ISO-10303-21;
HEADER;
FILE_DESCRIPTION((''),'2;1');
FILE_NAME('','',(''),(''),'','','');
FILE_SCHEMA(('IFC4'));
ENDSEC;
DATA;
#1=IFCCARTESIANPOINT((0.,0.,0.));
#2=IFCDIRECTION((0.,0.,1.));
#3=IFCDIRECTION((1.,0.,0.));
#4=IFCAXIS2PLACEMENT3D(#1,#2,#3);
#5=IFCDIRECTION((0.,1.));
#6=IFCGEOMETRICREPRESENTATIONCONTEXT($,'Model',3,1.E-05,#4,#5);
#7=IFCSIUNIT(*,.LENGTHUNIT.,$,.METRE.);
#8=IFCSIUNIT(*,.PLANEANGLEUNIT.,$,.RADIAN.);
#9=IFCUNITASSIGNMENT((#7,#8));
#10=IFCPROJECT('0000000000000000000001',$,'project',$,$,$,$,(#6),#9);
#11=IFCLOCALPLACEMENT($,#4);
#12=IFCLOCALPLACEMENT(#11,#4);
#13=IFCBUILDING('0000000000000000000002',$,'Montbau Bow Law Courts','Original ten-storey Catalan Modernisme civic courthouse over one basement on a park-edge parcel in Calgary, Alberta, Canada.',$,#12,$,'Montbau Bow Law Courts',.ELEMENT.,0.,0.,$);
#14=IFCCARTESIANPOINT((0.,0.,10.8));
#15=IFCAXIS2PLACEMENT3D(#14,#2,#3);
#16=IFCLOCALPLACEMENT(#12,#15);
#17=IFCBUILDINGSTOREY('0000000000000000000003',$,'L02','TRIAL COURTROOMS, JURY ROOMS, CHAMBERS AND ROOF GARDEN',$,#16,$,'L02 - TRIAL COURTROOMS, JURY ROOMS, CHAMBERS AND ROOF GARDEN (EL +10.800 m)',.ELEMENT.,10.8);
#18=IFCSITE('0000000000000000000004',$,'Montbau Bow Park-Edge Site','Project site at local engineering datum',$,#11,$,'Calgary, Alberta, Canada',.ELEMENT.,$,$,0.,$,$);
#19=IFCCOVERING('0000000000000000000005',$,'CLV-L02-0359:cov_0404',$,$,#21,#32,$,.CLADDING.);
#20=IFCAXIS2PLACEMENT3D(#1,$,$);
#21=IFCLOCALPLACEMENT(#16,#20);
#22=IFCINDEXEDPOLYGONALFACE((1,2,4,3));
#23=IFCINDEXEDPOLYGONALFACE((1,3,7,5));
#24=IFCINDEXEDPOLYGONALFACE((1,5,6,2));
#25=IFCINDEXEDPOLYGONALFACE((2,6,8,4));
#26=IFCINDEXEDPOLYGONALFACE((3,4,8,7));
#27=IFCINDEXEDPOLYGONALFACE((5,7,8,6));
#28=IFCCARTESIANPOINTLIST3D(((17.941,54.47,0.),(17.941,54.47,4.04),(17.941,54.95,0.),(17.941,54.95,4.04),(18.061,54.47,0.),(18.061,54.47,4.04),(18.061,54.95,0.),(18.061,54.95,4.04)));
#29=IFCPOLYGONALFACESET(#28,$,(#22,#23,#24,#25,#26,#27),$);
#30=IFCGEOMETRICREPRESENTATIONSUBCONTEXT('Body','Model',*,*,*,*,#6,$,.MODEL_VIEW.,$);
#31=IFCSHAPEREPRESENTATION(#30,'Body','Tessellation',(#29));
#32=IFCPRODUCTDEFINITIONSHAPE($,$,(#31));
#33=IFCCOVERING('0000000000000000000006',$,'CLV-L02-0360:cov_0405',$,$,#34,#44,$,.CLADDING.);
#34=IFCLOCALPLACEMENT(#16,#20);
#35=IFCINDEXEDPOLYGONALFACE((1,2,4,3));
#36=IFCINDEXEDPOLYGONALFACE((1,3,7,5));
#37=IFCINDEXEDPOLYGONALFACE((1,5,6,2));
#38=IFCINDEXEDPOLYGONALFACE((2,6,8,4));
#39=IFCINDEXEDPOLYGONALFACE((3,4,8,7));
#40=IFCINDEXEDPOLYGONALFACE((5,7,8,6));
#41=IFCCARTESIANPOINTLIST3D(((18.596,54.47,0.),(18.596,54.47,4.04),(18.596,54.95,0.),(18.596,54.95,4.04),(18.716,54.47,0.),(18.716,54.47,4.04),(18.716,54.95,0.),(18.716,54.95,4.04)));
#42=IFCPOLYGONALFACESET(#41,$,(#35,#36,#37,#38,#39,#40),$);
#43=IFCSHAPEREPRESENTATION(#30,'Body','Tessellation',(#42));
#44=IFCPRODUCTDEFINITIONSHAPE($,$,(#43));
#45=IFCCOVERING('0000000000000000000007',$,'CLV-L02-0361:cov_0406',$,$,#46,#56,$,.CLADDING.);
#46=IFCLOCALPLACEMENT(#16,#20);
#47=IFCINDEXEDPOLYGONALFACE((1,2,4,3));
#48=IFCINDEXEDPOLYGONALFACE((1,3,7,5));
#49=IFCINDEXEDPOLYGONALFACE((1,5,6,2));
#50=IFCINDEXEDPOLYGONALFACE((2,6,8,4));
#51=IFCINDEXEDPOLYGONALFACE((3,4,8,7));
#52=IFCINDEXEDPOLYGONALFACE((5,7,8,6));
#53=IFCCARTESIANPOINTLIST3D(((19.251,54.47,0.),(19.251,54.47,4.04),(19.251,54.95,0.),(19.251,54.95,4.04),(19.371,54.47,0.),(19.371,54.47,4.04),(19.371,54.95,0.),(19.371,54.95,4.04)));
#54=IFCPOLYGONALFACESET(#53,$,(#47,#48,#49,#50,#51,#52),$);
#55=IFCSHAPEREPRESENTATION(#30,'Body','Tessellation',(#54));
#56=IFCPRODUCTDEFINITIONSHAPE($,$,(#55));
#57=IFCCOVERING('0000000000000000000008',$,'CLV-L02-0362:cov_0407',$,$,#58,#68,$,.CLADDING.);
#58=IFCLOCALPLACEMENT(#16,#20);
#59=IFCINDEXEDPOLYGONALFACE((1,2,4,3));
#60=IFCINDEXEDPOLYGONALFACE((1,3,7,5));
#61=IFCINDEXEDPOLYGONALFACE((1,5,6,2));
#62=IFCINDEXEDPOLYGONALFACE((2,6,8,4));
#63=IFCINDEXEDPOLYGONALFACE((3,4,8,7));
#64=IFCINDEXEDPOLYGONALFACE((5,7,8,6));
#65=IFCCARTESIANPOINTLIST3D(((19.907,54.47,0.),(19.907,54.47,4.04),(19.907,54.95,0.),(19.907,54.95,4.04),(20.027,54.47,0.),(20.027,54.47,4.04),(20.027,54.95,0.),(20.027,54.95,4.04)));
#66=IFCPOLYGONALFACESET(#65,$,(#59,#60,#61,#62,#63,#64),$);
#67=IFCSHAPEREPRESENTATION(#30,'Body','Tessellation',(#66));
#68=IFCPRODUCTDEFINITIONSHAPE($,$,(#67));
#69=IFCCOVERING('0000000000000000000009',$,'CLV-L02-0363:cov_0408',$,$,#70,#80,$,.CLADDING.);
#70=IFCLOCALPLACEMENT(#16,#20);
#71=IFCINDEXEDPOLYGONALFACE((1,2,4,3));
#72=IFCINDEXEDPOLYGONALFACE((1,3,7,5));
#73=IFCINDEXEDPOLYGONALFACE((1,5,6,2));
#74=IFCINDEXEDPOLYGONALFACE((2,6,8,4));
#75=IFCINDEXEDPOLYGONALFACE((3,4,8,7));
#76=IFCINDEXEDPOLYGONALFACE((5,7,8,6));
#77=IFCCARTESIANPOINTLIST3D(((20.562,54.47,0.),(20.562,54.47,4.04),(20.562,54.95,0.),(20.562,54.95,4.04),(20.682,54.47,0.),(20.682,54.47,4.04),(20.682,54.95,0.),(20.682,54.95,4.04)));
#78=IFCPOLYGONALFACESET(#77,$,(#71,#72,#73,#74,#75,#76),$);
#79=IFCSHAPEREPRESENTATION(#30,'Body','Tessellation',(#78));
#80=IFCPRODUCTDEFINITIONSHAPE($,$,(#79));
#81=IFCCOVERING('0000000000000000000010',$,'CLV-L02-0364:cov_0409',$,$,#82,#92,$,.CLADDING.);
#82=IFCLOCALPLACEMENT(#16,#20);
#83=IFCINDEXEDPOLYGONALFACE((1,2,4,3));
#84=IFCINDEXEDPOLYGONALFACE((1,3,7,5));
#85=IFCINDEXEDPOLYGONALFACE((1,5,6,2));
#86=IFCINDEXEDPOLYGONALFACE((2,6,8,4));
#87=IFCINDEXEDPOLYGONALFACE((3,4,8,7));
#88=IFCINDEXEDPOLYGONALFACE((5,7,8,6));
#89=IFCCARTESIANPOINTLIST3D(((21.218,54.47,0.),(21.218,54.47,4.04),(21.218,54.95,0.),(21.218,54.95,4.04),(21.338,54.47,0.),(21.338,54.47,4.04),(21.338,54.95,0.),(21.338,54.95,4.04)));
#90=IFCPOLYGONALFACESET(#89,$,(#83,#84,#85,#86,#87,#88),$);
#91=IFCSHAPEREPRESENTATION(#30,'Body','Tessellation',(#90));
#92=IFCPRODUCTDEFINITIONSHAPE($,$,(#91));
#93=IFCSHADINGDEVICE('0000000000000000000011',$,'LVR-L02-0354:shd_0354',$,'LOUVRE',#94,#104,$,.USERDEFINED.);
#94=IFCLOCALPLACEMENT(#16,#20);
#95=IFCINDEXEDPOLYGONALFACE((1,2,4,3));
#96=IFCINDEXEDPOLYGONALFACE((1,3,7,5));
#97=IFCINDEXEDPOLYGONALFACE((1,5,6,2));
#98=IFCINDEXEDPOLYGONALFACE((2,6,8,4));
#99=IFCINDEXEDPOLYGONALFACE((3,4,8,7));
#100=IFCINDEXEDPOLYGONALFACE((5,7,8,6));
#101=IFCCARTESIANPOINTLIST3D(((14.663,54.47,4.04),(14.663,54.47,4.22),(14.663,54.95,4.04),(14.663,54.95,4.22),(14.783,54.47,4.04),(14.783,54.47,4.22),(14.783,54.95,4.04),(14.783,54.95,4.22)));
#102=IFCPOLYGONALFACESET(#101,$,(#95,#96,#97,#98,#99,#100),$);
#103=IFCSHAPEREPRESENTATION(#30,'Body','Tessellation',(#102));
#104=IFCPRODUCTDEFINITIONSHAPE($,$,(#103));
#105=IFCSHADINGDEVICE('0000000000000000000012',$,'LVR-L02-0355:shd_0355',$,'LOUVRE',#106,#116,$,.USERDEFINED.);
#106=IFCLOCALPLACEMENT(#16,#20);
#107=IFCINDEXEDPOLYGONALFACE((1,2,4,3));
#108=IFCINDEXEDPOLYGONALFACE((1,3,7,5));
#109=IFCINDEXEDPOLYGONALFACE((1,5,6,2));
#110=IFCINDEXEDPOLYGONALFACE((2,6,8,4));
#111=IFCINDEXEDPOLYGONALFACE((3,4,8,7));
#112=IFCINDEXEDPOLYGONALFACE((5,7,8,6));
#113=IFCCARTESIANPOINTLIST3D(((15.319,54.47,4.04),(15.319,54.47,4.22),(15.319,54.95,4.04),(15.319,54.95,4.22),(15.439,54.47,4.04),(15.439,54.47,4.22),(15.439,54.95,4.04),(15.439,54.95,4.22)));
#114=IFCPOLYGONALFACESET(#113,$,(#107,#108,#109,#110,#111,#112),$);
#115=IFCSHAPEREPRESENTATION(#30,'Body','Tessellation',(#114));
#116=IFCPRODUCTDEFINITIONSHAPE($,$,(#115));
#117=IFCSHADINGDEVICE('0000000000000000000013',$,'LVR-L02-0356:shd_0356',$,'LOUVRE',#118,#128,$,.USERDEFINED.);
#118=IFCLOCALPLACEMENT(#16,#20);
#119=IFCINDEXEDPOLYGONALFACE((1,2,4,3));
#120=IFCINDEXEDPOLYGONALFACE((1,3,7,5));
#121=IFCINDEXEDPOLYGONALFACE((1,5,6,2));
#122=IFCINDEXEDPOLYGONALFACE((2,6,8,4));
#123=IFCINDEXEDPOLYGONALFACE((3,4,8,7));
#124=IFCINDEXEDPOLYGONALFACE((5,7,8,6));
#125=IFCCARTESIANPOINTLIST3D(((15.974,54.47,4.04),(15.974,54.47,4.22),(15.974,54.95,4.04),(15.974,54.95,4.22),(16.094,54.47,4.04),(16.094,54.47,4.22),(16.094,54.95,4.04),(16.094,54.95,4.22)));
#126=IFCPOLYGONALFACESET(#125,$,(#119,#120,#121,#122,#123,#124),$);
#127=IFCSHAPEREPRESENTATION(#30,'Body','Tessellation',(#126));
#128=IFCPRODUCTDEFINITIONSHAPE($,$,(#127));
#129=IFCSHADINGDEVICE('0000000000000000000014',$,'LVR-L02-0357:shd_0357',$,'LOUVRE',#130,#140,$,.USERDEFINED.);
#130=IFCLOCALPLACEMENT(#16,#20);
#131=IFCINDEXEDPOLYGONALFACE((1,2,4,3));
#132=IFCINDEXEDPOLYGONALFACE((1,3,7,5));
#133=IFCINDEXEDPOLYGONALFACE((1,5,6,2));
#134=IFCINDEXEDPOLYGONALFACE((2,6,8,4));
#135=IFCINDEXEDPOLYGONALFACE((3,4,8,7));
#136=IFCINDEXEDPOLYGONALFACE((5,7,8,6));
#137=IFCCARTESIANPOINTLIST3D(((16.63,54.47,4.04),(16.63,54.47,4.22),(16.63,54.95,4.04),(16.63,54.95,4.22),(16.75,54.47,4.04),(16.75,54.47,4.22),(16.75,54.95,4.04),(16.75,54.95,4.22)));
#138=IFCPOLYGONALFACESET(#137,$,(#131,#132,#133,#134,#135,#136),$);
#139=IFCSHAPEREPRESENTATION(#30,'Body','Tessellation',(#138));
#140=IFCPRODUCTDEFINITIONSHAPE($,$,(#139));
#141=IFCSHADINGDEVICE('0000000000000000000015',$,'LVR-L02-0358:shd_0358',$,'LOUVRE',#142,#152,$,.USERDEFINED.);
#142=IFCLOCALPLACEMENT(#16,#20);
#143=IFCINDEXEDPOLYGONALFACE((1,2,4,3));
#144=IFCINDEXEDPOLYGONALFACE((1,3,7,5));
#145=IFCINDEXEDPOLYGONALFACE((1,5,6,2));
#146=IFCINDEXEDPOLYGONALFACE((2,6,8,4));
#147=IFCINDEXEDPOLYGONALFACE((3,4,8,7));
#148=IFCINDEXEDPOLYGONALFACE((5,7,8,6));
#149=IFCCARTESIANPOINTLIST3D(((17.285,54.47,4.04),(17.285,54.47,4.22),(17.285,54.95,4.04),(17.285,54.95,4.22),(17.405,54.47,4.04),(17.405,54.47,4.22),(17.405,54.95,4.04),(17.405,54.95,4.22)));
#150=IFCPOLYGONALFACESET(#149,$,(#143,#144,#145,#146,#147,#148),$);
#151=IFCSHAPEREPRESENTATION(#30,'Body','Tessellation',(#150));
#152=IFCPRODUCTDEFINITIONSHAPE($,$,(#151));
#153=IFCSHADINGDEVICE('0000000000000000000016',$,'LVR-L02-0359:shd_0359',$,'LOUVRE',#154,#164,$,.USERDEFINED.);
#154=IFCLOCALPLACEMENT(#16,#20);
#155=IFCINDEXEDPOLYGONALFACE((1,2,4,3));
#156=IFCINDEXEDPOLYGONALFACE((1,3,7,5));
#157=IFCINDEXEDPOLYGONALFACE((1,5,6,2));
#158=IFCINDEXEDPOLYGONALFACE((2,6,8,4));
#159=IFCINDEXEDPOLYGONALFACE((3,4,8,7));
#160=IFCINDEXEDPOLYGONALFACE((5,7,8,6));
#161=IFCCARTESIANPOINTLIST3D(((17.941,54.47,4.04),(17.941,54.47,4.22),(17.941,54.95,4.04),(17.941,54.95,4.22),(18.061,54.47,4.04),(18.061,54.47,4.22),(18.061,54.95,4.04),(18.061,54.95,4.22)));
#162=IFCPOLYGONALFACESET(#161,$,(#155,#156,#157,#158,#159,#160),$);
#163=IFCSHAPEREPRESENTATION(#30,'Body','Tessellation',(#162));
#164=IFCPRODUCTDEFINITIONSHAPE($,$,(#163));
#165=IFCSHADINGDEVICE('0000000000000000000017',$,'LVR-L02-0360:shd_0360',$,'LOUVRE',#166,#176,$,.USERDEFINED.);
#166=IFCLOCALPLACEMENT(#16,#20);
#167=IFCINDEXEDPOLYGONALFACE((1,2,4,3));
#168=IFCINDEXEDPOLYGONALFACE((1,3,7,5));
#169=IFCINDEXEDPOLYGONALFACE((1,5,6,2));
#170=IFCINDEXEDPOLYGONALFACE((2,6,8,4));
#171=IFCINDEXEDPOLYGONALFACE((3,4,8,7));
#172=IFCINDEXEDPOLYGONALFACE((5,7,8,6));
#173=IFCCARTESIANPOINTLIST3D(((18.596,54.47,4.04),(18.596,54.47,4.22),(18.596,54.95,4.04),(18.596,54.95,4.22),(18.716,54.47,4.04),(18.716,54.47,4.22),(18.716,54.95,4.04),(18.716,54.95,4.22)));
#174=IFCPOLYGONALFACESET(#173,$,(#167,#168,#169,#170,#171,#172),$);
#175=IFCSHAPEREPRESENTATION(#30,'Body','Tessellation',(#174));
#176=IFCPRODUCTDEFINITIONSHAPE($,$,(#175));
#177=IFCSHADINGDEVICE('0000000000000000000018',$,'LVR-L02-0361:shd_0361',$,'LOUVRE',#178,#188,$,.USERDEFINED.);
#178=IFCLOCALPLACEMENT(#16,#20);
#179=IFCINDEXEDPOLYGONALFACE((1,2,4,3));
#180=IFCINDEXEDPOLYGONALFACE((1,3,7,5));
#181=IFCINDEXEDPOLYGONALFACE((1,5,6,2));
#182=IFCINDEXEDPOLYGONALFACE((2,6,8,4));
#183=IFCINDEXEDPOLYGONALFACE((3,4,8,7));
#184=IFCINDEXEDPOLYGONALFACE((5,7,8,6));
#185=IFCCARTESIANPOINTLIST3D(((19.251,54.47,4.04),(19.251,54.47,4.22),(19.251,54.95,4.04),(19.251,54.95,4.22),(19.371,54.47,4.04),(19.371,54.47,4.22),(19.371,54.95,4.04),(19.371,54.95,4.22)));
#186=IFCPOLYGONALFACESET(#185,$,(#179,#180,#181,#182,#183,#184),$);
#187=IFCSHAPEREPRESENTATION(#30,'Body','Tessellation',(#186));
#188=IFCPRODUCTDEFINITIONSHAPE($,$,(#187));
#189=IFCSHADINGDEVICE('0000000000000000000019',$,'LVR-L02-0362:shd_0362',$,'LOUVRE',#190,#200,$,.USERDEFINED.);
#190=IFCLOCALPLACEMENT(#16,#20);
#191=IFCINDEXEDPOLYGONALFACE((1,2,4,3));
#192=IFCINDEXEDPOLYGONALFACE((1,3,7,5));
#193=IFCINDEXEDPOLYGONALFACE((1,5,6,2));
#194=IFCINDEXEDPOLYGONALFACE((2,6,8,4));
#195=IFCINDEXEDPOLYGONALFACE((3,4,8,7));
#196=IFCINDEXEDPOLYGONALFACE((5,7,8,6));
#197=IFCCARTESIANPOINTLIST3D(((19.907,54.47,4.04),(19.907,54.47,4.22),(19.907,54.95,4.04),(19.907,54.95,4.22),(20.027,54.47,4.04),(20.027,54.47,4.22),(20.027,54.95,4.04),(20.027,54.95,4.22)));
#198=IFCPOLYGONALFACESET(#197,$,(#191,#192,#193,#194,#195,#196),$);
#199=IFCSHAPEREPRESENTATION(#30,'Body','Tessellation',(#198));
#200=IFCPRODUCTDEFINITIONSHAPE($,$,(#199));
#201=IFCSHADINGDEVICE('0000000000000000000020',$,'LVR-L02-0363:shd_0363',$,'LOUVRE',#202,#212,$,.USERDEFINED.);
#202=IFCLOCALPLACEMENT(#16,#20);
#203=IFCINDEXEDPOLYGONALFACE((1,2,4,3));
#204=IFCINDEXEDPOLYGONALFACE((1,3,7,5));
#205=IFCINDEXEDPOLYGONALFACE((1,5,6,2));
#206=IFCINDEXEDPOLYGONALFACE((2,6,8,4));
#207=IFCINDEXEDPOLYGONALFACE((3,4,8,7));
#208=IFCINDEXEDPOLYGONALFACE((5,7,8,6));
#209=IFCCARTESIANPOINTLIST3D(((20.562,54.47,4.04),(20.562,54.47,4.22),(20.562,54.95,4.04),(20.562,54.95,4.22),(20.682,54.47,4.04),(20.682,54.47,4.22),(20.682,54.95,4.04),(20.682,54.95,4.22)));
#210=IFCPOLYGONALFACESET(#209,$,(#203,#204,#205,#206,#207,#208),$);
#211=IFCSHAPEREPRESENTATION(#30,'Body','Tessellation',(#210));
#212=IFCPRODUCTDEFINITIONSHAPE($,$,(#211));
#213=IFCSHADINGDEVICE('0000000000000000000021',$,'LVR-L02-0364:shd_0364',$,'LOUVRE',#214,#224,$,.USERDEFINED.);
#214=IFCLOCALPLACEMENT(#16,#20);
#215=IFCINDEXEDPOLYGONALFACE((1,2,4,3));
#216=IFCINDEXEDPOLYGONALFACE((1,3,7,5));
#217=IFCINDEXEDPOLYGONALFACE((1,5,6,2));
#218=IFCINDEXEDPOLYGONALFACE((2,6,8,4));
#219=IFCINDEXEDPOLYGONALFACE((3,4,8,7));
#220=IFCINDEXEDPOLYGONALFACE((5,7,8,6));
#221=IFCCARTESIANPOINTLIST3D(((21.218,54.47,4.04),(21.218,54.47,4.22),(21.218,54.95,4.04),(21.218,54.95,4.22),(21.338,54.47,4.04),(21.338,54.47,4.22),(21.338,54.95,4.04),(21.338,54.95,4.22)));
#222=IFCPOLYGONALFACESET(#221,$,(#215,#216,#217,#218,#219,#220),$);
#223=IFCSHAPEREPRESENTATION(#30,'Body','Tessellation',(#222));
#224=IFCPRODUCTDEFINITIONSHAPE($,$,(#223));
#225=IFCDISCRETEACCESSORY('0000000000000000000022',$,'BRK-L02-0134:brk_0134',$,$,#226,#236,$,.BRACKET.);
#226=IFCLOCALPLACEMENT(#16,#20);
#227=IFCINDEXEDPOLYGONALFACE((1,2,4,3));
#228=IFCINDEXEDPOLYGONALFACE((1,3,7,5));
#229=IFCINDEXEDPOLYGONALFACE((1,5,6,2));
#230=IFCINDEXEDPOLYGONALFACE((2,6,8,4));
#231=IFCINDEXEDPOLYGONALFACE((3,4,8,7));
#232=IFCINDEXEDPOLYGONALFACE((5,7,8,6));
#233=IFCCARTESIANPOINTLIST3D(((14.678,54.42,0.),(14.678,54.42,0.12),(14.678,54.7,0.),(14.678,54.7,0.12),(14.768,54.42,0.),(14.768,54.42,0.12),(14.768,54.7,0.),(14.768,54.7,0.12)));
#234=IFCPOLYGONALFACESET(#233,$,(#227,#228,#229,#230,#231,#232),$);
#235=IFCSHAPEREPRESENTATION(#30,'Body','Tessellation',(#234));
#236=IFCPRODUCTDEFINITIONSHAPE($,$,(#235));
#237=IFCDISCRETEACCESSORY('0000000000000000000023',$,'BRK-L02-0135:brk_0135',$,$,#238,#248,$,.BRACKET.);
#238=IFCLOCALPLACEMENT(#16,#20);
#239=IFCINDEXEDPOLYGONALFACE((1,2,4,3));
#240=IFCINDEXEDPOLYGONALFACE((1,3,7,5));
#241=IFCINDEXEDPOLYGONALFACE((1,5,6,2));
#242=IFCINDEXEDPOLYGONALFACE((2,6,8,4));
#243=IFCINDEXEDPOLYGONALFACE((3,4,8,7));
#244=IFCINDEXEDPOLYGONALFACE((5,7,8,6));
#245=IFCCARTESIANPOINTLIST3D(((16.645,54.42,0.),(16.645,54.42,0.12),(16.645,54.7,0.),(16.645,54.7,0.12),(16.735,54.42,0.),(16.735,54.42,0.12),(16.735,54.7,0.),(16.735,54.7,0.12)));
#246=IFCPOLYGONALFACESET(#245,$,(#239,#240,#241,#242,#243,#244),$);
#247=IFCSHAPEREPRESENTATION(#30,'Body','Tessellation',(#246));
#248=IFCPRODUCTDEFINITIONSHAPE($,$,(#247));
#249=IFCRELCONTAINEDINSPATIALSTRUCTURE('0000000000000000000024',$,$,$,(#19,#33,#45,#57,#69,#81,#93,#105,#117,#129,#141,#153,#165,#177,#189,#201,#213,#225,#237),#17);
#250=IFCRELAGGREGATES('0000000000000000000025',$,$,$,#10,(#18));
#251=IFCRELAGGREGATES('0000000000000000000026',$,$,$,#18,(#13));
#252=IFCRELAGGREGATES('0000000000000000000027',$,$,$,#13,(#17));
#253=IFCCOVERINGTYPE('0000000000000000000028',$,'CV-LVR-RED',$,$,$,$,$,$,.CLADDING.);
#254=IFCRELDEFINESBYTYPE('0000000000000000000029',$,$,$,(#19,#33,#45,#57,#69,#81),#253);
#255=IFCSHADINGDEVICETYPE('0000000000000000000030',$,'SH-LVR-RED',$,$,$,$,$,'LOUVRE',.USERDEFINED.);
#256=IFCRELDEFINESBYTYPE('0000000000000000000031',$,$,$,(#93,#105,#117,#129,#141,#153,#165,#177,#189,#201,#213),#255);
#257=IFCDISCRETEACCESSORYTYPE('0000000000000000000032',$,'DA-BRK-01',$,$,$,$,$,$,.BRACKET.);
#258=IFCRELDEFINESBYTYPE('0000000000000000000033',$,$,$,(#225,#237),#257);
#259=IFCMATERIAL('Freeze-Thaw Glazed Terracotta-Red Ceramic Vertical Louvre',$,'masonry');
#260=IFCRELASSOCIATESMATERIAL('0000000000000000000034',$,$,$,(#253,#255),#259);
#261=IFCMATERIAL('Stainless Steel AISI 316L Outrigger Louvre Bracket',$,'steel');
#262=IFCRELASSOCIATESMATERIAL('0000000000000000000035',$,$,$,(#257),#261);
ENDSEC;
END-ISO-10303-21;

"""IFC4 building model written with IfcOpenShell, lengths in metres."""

from ifc_helpers import new_model, si_unit, direction, frame, frame_2d, origin_with_axes, origin_2d_with_axis, place, context, subcontext, project, spatial, rectangle, extrude, material, type_object, element, save


model = new_model("IFC4")

# Units and contexts
model_context = context("Model", 3, precision=1e-05, world=origin_with_axes(), true_north=direction((0.0, 1.0)))
body_context = subcontext(model_context, "Body", "Model", "MODEL_VIEW")
ifc_project = project(units=[si_unit("LENGTHUNIT", "METRE"), si_unit("PLANEANGLEUNIT", "RADIAN")], contexts=[model_context])

# Site, building, storey
site_placement = place(None, origin_with_axes())
site = spatial("IfcSite", under=ifc_project, at=site_placement, Name="Montbau Bow Park-Edge Site", Description="Project site at local engineering datum", LongName="Calgary, Alberta, Canada", CompositionType="ELEMENT", RefElevation=0.0)
building_placement = place(site_placement, origin_with_axes())
building = spatial("IfcBuilding", under=site, at=building_placement, Name="Montbau Bow Law Courts", Description="Original ten-storey Catalan Modernisme civic courthouse over one basement on a park-edge parcel in Calgary, Alberta, Canada.", LongName="Montbau Bow Law Courts", CompositionType="ELEMENT", ElevationOfRefHeight=0.0, ElevationOfTerrain=0.0)
storey_placement = place(building_placement, frame((0.0, 0.0, 10.8), z_axis=(0.0, 0.0, 1.0), x_axis=(1.0, 0.0, 0.0)))
storey = spatial("IfcBuildingStorey", under=building, at=storey_placement, Name="L02", Description="TRIAL COURTROOMS, JURY ROOMS, CHAMBERS AND ROOF GARDEN", LongName="L02 - TRIAL COURTROOMS, JURY ROOMS, CHAMBERS AND ROOF GARDEN (EL +10.800 m)", CompositionType="ELEMENT", Elevation=10.8)

# Coverings
ifc_material_1 = material(Name="Freeze-Thaw Glazed Terracotta-Red Ceramic Vertical Louvre", Category="masonry")
covering_type = type_object("IfcCoveringType", Name="CV-LVR-RED", PredefinedType="CLADDING", material=ifc_material_1)
for number, where, z_axis, x_axis, name in (
    (1, (18.001, 54.47, 10.8), (1.0, 0.0, 0.0), (0.0, 1.0, 0.0), "CLV-L02-0359:cov_0404"),
    (2, (18.656, 54.47, 10.8), (1.0, 0.0, 0.0), (0.0, 1.0, 0.0), "CLV-L02-0360:cov_0405"),
    (3, (19.311, 54.47, 10.8), (1.0, 0.0, 0.0), (0.0, 1.0, 0.0), "CLV-L02-0361:cov_0406"),
    (4, (19.967, 54.47, 10.8), (1.0, 0.0, 0.0), (0.0, 1.0, 0.0), "CLV-L02-0362:cov_0407"),
    (5, (20.622, 54.47, 10.8), (1.0, 0.0, 0.0), (0.0, 1.0, 0.0), "CLV-L02-0363:cov_0408"),
    (6, (21.278, 54.47, 10.8), (1.0, 0.0, 0.0), (0.0, 1.0, 0.0), "CLV-L02-0364:cov_0409"),
):
    element("IfcCovering", number, at=place(None, frame(where, z_axis=z_axis, x_axis=x_axis)), inside=storey, type_object=covering_type, Name=name, PredefinedType="CLADDING", context=body_context, shape_type="SweptSolid", body=[
        extrude(rectangle(XDim=0.48, YDim=4.04, at=frame_2d((0.24, 2.02), x_axis=(1.0, 0.0))), frame((0.0, 0.0, -0.06), z_axis=(0.0, 0.0, 1.0), x_axis=(1.0, 0.0, 0.0)), (0.0, 0.0, 1.0), 0.12),
    ])

# Shading devices
shading_device_type = type_object("IfcShadingDeviceType", Name="SH-LVR-RED", ElementType="LOUVRE", PredefinedType="USERDEFINED", material=ifc_material_1)
for number, where, z_axis, x_axis, name in (
    (7, (14.723, 54.71, 14.84), (0.0, 0.0, 1.0), (0.0, 1.0, 0.0), "LVR-L02-0354:shd_0354"),
    (8, (15.379, 54.71, 14.84), (0.0, 0.0, 1.0), (0.0, 1.0, 0.0), "LVR-L02-0355:shd_0355"),
    (9, (16.034, 54.71, 14.84), (0.0, 0.0, 1.0), (0.0, 1.0, 0.0), "LVR-L02-0356:shd_0356"),
    (10, (16.69, 54.71, 14.84), (0.0, 0.0, 1.0), (0.0, 1.0, 0.0), "LVR-L02-0357:shd_0357"),
    (11, (17.345, 54.71, 14.84), (0.0, 0.0, 1.0), (0.0, 1.0, 0.0), "LVR-L02-0358:shd_0358"),
    (12, (18.001, 54.71, 14.84), (0.0, 0.0, 1.0), (0.0, 1.0, 0.0), "LVR-L02-0359:shd_0359"),
    (13, (18.656, 54.71, 14.84), (0.0, 0.0, 1.0), (0.0, 1.0, 0.0), "LVR-L02-0360:shd_0360"),
    (14, (19.311, 54.71, 14.84), (0.0, 0.0, 1.0), (0.0, 1.0, 0.0), "LVR-L02-0361:shd_0361"),
    (15, (19.967, 54.71, 14.84), (0.0, 0.0, 1.0), (0.0, 1.0, 0.0), "LVR-L02-0362:shd_0362"),
    (16, (20.622, 54.71, 14.84), (0.0, 0.0, 1.0), (0.0, 1.0, 0.0), "LVR-L02-0363:shd_0363"),
    (17, (21.278, 54.71, 14.84), (0.0, 0.0, 1.0), (0.0, 1.0, 0.0), "LVR-L02-0364:shd_0364"),
):
    element("IfcShadingDevice", number, at=place(None, frame(where, z_axis=z_axis, x_axis=x_axis)), inside=storey, type_object=shading_device_type, Name=name, ObjectType="LOUVRE", PredefinedType="USERDEFINED", context=body_context, shape_type="SweptSolid", body=[
        extrude(rectangle(XDim=0.48, YDim=0.12, at=origin_2d_with_axis()), origin_with_axes(), (0.0, 0.0, 1.0), 0.18),
    ])

# Discrete accessories
ifc_material_2 = material(Name="Stainless Steel AISI 316L Outrigger Louvre Bracket", Category="steel")
discrete_accessory_type = type_object("IfcDiscreteAccessoryType", Name="DA-BRK-01", PredefinedType="BRACKET", material=ifc_material_2)
for number, where, z_axis, x_axis, name in (
    (18, (14.723, 54.56, 10.8), (0.0, 0.0, 1.0), (0.0, 1.0, 0.0), "BRK-L02-0134:brk_0134"),
    (19, (16.69, 54.56, 10.8), (0.0, 0.0, 1.0), (0.0, 1.0, 0.0), "BRK-L02-0135:brk_0135"),
):
    element("IfcDiscreteAccessory", number, at=place(None, frame(where, z_axis=z_axis, x_axis=x_axis)), inside=storey, type_object=discrete_accessory_type, Name=name, PredefinedType="BRACKET", context=body_context, shape_type="SweptSolid", body=[
        extrude(rectangle(XDim=0.28, YDim=0.09, at=origin_2d_with_axis()), origin_with_axes(), (0.0, 0.0, 1.0), 0.12),
    ])

save(model, "model.ifc")
